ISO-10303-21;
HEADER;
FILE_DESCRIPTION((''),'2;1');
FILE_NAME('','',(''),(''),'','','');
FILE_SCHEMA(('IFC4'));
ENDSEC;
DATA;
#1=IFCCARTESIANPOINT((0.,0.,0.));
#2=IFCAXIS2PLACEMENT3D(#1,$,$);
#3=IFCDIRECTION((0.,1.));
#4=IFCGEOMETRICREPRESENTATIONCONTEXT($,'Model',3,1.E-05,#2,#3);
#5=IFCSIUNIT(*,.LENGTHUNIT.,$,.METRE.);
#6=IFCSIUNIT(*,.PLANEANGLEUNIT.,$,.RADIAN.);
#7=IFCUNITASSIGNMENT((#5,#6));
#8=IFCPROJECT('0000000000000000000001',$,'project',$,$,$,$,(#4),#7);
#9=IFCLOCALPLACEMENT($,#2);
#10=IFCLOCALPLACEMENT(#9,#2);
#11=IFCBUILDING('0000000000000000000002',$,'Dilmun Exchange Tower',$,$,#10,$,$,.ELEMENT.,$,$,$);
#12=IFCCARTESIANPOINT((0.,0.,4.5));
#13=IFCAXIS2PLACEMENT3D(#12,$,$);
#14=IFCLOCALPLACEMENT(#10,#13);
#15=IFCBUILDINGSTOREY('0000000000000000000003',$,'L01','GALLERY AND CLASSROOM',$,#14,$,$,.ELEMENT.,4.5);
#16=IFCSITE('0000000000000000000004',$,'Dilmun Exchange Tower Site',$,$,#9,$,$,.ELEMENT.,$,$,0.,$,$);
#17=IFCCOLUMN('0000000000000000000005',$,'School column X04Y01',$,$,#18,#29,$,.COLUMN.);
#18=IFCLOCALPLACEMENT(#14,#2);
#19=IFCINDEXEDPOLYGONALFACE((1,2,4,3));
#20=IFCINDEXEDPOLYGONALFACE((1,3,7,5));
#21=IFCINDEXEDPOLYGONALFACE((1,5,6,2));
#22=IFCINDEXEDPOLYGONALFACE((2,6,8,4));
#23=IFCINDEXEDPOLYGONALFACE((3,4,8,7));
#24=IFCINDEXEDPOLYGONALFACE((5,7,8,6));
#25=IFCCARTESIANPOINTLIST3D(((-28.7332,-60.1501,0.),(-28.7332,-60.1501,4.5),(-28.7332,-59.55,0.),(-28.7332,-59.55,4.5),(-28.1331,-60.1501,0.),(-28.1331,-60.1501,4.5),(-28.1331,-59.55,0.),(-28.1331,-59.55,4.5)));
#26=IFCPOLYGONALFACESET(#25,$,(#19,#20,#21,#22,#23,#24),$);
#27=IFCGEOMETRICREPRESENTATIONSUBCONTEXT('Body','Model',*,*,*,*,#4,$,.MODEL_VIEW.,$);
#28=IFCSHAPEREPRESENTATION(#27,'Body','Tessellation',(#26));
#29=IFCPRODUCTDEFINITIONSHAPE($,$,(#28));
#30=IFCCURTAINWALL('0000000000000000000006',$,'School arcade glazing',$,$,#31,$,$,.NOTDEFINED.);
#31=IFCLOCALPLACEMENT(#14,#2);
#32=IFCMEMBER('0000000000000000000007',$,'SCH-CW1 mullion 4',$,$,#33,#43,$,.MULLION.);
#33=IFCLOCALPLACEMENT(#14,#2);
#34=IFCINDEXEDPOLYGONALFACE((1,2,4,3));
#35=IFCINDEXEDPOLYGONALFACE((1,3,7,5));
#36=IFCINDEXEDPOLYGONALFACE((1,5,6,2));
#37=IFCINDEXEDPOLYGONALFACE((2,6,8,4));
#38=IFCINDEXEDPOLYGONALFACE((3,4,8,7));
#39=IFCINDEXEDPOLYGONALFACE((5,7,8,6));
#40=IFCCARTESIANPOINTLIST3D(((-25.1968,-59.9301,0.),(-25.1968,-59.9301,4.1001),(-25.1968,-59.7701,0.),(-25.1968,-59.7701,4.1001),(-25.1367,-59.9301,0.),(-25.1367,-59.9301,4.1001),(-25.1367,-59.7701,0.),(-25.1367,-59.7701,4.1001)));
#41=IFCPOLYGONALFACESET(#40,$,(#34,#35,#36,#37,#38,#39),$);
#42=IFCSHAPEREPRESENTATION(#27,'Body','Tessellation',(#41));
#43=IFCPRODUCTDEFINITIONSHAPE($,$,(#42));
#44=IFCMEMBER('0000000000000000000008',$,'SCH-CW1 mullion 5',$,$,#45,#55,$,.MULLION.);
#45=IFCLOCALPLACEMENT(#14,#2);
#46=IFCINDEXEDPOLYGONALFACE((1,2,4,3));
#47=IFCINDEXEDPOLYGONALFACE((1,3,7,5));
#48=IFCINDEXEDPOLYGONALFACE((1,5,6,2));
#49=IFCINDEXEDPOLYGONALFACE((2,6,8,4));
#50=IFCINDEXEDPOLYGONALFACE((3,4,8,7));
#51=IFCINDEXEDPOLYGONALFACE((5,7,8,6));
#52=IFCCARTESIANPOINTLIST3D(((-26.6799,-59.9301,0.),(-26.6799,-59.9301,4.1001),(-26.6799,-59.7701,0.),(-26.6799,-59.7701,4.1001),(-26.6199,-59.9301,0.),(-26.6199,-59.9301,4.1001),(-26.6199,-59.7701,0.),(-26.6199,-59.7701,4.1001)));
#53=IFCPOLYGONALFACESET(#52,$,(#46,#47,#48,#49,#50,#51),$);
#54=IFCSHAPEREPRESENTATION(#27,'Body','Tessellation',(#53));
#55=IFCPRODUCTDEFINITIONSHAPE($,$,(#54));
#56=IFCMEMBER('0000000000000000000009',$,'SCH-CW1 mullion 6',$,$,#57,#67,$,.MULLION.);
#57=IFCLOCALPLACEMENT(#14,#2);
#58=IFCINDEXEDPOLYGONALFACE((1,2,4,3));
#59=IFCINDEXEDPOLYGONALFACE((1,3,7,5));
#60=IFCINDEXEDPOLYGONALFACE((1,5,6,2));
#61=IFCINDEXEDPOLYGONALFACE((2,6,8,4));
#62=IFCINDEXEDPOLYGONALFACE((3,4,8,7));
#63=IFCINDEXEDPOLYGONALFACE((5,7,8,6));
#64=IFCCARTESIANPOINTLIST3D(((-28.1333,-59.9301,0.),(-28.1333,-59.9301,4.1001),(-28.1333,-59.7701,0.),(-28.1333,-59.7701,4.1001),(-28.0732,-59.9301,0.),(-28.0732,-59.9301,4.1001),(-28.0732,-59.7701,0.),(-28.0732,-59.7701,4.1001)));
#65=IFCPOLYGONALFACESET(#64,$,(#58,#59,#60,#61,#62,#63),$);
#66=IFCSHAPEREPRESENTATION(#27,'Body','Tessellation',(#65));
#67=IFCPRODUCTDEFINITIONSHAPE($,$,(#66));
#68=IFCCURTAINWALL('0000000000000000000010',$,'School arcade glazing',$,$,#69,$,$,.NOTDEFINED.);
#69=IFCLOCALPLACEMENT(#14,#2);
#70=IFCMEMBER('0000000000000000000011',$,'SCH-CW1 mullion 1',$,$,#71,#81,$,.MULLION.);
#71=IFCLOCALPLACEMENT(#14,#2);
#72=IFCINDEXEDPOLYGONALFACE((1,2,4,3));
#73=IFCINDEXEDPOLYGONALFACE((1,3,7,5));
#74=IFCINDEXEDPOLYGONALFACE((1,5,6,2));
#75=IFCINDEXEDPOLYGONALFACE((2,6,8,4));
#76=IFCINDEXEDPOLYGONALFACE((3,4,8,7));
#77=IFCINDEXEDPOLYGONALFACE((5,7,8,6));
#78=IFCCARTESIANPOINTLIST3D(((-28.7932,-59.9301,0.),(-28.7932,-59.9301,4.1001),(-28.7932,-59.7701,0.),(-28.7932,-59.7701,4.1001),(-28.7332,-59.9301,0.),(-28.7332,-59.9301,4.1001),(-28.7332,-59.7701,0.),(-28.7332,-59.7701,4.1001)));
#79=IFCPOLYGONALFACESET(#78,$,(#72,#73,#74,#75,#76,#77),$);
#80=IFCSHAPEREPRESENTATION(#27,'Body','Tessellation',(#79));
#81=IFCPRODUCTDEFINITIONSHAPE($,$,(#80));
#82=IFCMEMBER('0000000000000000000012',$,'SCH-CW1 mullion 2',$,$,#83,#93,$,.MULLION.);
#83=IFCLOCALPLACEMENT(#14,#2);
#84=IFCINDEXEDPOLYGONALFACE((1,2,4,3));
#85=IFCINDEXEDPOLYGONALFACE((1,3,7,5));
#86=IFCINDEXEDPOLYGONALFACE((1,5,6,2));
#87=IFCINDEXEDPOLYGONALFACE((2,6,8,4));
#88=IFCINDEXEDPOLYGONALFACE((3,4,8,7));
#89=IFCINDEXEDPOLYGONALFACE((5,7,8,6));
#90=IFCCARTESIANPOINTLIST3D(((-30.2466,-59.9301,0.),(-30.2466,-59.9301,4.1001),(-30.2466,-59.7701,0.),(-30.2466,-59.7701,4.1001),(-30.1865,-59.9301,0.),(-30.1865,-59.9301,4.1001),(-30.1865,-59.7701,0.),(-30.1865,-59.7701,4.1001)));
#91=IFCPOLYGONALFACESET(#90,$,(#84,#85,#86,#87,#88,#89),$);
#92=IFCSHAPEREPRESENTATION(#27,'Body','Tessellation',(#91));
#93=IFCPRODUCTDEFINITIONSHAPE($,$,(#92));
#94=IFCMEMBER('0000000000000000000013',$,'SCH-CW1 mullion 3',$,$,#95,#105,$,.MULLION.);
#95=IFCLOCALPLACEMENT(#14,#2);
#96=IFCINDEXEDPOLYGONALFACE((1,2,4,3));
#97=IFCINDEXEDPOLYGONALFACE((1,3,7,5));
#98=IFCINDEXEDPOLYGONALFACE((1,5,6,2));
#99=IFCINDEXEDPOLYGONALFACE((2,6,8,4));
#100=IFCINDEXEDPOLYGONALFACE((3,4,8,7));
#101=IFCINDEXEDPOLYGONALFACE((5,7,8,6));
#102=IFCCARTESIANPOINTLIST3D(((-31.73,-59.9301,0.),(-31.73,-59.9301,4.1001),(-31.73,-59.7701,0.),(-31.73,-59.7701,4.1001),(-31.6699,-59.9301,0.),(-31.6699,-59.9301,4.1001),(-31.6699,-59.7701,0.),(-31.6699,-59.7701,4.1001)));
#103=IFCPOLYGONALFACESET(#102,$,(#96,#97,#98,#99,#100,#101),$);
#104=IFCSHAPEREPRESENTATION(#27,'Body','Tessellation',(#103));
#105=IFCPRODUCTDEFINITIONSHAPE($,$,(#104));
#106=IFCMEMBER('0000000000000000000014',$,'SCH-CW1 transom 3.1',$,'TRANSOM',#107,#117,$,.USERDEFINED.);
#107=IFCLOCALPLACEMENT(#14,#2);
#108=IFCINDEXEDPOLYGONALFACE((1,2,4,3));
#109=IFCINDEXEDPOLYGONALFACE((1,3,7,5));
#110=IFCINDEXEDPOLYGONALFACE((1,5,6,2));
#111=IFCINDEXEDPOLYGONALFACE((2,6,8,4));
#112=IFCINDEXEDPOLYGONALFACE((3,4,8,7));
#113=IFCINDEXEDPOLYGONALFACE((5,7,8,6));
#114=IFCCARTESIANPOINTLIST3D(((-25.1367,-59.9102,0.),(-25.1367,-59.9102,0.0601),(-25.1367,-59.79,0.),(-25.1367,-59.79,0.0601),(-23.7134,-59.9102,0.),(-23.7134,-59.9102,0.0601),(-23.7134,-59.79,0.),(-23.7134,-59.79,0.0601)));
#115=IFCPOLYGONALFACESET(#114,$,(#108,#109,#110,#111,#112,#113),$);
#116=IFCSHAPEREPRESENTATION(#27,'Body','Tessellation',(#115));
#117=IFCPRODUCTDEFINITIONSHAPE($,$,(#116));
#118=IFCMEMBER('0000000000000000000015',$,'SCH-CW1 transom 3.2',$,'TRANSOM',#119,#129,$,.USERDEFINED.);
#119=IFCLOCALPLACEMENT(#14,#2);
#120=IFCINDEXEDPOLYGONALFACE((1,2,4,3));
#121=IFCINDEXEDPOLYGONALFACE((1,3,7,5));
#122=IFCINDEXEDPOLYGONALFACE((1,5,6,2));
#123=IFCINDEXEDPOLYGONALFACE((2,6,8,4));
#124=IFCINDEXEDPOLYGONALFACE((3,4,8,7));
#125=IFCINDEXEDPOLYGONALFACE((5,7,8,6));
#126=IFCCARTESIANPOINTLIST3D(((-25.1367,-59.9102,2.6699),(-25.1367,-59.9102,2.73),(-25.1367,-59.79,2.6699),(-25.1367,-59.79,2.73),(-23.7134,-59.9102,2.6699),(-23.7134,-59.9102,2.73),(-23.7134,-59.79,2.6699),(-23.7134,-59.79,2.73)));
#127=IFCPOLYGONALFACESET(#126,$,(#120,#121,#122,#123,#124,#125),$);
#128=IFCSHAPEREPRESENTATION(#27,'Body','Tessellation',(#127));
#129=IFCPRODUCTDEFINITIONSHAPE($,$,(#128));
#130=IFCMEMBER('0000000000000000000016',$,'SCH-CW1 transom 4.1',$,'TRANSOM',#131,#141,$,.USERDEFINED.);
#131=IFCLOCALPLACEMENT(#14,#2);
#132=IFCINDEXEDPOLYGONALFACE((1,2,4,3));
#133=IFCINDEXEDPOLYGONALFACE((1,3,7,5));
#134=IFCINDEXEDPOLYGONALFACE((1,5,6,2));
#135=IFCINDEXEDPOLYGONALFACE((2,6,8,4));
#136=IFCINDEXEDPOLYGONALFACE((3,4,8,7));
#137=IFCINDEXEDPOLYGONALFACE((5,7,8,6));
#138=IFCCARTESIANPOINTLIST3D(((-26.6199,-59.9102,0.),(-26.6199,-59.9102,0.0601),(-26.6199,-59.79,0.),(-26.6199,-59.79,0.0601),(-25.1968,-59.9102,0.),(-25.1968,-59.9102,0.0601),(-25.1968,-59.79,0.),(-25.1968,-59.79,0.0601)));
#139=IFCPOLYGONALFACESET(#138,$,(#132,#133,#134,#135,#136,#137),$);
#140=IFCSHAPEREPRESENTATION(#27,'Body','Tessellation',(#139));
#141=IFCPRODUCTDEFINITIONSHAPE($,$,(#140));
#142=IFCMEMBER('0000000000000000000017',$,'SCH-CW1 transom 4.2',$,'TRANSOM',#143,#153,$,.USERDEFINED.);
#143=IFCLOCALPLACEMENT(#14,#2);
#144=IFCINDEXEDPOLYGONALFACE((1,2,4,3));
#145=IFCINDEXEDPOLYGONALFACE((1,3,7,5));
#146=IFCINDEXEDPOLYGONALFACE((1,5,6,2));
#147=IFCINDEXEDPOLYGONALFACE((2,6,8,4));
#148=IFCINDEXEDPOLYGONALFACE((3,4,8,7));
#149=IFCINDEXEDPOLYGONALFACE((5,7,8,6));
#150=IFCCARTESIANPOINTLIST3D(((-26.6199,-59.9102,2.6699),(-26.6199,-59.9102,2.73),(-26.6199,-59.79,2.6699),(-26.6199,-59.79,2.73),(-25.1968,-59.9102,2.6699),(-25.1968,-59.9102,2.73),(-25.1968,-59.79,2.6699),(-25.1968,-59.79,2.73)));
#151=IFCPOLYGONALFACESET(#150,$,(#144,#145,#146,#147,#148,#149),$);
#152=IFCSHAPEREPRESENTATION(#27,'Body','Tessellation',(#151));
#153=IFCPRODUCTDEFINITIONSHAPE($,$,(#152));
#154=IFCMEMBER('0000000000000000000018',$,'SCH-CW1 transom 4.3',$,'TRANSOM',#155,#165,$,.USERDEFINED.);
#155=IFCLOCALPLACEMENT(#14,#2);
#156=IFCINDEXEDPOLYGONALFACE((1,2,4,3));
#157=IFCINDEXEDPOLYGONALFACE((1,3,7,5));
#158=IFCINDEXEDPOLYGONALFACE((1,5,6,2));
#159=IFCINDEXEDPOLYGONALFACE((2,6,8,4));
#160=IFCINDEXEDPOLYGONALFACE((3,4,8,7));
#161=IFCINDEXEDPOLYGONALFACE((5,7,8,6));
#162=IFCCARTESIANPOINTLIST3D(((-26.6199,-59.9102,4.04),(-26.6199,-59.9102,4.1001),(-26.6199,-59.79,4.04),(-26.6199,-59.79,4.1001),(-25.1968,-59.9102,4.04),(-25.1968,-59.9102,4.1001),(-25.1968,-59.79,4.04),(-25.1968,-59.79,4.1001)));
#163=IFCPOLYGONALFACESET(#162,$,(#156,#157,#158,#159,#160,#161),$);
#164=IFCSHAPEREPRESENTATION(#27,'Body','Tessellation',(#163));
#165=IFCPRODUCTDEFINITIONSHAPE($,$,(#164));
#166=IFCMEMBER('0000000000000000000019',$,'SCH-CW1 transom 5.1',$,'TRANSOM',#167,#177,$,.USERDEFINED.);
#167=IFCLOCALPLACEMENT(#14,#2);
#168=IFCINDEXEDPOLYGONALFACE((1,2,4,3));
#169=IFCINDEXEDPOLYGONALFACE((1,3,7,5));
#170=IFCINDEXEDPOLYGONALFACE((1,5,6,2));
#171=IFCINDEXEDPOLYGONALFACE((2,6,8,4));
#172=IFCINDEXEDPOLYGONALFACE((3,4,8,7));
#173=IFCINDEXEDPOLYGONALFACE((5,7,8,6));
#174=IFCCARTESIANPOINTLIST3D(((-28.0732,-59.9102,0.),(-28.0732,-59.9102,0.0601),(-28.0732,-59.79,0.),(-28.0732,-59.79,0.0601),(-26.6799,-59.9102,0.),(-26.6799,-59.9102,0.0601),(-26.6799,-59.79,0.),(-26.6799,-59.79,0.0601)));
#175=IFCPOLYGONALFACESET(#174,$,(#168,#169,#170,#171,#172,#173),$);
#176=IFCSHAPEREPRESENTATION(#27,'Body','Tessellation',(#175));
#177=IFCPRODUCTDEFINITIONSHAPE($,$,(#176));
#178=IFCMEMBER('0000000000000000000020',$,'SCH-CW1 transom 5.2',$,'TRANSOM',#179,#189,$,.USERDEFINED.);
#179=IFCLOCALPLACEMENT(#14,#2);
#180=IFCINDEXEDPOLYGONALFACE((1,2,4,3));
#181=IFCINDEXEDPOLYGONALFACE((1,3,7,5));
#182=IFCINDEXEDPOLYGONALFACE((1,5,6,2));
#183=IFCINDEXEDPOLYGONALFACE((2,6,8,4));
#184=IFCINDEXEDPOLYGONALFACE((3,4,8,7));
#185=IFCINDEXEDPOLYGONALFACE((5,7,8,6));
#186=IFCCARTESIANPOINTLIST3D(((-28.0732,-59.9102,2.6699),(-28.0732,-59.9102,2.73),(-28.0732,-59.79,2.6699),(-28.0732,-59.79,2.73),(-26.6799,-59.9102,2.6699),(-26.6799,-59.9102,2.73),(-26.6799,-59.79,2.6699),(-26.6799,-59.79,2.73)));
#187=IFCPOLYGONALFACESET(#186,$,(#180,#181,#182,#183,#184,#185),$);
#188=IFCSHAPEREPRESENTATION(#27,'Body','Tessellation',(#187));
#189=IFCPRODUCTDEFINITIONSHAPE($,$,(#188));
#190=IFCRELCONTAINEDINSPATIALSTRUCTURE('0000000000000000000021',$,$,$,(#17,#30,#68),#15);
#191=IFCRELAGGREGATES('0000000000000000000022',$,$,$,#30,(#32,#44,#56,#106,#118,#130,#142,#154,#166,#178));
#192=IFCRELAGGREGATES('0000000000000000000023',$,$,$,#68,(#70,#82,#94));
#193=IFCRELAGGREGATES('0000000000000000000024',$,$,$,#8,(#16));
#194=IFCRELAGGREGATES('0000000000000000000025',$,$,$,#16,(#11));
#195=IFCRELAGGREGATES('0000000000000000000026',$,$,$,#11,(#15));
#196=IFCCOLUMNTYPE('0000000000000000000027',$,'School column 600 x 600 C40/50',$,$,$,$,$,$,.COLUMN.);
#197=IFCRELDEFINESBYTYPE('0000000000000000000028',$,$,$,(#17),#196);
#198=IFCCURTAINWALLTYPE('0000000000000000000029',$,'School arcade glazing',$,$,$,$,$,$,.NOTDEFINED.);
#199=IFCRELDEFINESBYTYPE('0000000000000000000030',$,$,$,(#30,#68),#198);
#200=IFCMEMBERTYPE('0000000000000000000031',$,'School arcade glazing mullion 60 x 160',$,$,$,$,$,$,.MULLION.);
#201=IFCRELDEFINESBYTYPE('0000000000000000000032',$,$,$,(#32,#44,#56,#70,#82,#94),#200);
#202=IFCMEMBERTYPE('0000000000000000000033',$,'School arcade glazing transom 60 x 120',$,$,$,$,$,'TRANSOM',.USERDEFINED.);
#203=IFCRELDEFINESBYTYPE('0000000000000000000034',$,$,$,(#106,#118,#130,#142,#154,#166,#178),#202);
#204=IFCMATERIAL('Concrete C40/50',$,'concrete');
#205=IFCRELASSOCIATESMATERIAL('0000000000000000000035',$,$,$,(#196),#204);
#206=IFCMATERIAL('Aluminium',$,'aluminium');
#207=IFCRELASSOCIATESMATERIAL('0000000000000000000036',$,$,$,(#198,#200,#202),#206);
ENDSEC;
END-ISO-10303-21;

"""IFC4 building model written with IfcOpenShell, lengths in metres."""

from ifc_helpers import new_model, si_unit, direction, frame, origin, origin_2d, place, context, subcontext, project, spatial, rectangle, extrude, material, material_profile, profile_set, type_object, element, aggregate, save


model = new_model("IFC4")

# Units and contexts
model_context = context("Model", 3, precision=1e-05, world=origin(), true_north=direction((0.0, 1.0)))
body_context = subcontext(model_context, "Body", "Model", "MODEL_VIEW")
ifc_project = project(units=[si_unit("LENGTHUNIT", "METRE"), si_unit("PLANEANGLEUNIT", "RADIAN")], contexts=[model_context])

# Site, building, storey
site_placement = place(None, origin())
site = spatial("IfcSite", under=ifc_project, at=site_placement, Name="Dilmun Exchange Tower Site", CompositionType="ELEMENT", RefElevation=0.0)
building_placement = place(site_placement, origin())
building = spatial("IfcBuilding", under=site, at=building_placement, Name="Dilmun Exchange Tower", CompositionType="ELEMENT")
storey_placement = place(building_placement, frame((0.0, 0.0, 4.5)))
storey = spatial("IfcBuildingStorey", under=building, at=storey_placement, Name="L01", Description="GALLERY AND CLASSROOM", CompositionType="ELEMENT", Elevation=4.5)

# Column
ifc_material_1 = material(Name="Concrete C40/50", Category="concrete")
ifc_material_profile_1 = material_profile(ifc_material_1, rectangle(XDim=0.6001, YDim=0.6001, at=origin_2d()), Name="600 x 600")
ifc_profile_set_1 = profile_set([ifc_material_profile_1], Name="Concrete C40/50")
column_type = type_object("IfcColumnType", Name="School column 600 x 600 C40/50", PredefinedType="COLUMN", material=ifc_profile_set_1)
column_placement = place(storey_placement, frame((-28.4331, -59.8501, 0.0), z_axis=(0.0, 0.0, 1.0), x_axis=(1.0, 0.0, 0.0)))
element("IfcColumn", 1, at=column_placement, inside=storey, type_object=column_type, Name="School column X04Y01", PredefinedType="COLUMN", context=body_context, shape_type="SweptSolid", body=[
    extrude(rectangle(XDim=0.6001, YDim=0.6001, at=origin_2d()), origin(), (0.0, 0.0, 1.0), 4.5),
])

# Curtain walls, members
ifc_material_2 = material(Name="Aluminium", Category="aluminium")
curtain_wall_type = type_object("IfcCurtainWallType", Name="School arcade glazing", PredefinedType="NOTDEFINED", material=ifc_material_2)
curtain_wall_1_placement = place(storey_placement, origin())
curtain_wall_1 = element("IfcCurtainWall", 2, at=curtain_wall_1_placement, inside=storey, type_object=curtain_wall_type, Name="School arcade glazing", PredefinedType="NOTDEFINED")
ifc_material_profile_2 = material_profile(ifc_material_2, rectangle(XDim=0.1599, YDim=0.0601, at=origin_2d()), Name="60 x 160")
ifc_profile_set_2 = profile_set([ifc_material_profile_2], Name="Aluminium")
member_type_1 = type_object("IfcMemberType", Name="School arcade glazing mullion 60 x 160", PredefinedType="MULLION", material=ifc_profile_set_2)
member_1_placement = place(storey_placement, frame((-25.1667, -59.8501, 0.0), z_axis=(0.0, 0.0, 1.0), x_axis=(0.0, -1.0, 0.0)))
member_1 = element("IfcMember", 3, at=member_1_placement, type_object=member_type_1, Name="SCH-CW1 mullion 4", PredefinedType="MULLION", context=body_context, shape_type="SweptSolid", body=[
    extrude(rectangle(XDim=0.1599, YDim=0.0601, at=origin_2d()), origin(), (0.0, 0.0, 1.0), 4.1001),
])
member_2_placement = place(storey_placement, frame((-26.6499, -59.8501, 0.0), z_axis=(0.0, 0.0, 1.0), x_axis=(0.0, -1.0, 0.0)))
member_2 = element("IfcMember", 4, at=member_2_placement, type_object=member_type_1, Name="SCH-CW1 mullion 5", PredefinedType="MULLION", context=body_context, shape_type="SweptSolid", body=[
    extrude(rectangle(XDim=0.1599, YDim=0.0601, at=origin_2d()), origin(), (0.0, 0.0, 1.0), 4.1001),
])
member_3_placement = place(storey_placement, frame((-28.1033, -59.8501, 0.0), z_axis=(0.0, 0.0, 1.0), x_axis=(0.0, -1.0, 0.0)))
member_3 = element("IfcMember", 5, at=member_3_placement, type_object=member_type_1, Name="SCH-CW1 mullion 6", PredefinedType="MULLION", context=body_context, shape_type="SweptSolid", body=[
    extrude(rectangle(XDim=0.1599, YDim=0.0601, at=origin_2d()), origin(), (0.0, 0.0, 1.0), 4.1001),
])
curtain_wall_2_placement = place(storey_placement, origin())
curtain_wall_2 = element("IfcCurtainWall", 6, at=curtain_wall_2_placement, inside=storey, type_object=curtain_wall_type, Name="School arcade glazing", PredefinedType="NOTDEFINED")
member_4_placement = place(storey_placement, frame((-28.7632, -59.8501, 0.0), z_axis=(0.0, 0.0, 1.0), x_axis=(0.0, -1.0, 0.0)))
member_4 = element("IfcMember", 7, at=member_4_placement, type_object=member_type_1, Name="SCH-CW1 mullion 1", PredefinedType="MULLION", context=body_context, shape_type="SweptSolid", body=[
    extrude(rectangle(XDim=0.1599, YDim=0.0601, at=origin_2d()), origin(), (0.0, 0.0, 1.0), 4.1001),
])
member_5_placement = place(storey_placement, frame((-30.2166, -59.8501, 0.0), z_axis=(0.0, 0.0, 1.0), x_axis=(0.0, -1.0, 0.0)))
member_5 = element("IfcMember", 8, at=member_5_placement, type_object=member_type_1, Name="SCH-CW1 mullion 2", PredefinedType="MULLION", context=body_context, shape_type="SweptSolid", body=[
    extrude(rectangle(XDim=0.1599, YDim=0.0601, at=origin_2d()), origin(), (0.0, 0.0, 1.0), 4.1001),
])
member_6_placement = place(storey_placement, frame((-31.7, -59.8501, 0.0), z_axis=(0.0, 0.0, 1.0), x_axis=(0.0, -1.0, 0.0)))
member_6 = element("IfcMember", 9, at=member_6_placement, type_object=member_type_1, Name="SCH-CW1 mullion 3", PredefinedType="MULLION", context=body_context, shape_type="SweptSolid", body=[
    extrude(rectangle(XDim=0.1599, YDim=0.0601, at=origin_2d()), origin(), (0.0, 0.0, 1.0), 4.1001),
])

# Members
ifc_material_profile_3 = material_profile(ifc_material_2, rectangle(XDim=0.1201, YDim=0.0601, at=origin_2d()), Name="60 x 120")
ifc_profile_set_3 = profile_set([ifc_material_profile_3], Name="Aluminium")
member_type_2 = type_object("IfcMemberType", Name="School arcade glazing transom 60 x 120", ElementType="TRANSOM", PredefinedType="USERDEFINED", material=ifc_profile_set_3)
member_7_placement = place(storey_placement, frame((-23.7134, -59.8501, 0.03), z_axis=(-1.0, 0.0, 0.0), x_axis=(0.0, -1.0, 0.0)))
member_7 = element("IfcMember", 10, at=member_7_placement, type_object=member_type_2, Name="SCH-CW1 transom 3.1", ObjectType="TRANSOM", PredefinedType="USERDEFINED", context=body_context, shape_type="SweptSolid", body=[
    extrude(rectangle(XDim=0.1201, YDim=0.0601, at=origin_2d()), origin(), (0.0, 0.0, 1.0), 1.4233),
])
member_8_placement = place(storey_placement, frame((-23.7134, -59.8501, 2.7), z_axis=(-1.0, 0.0, 0.0), x_axis=(0.0, -1.0, 0.0)))
member_8 = element("IfcMember", 11, at=member_8_placement, type_object=member_type_2, Name="SCH-CW1 transom 3.2", ObjectType="TRANSOM", PredefinedType="USERDEFINED", context=body_context, shape_type="SweptSolid", body=[
    extrude(rectangle(XDim=0.1201, YDim=0.0601, at=origin_2d()), origin(), (0.0, 0.0, 1.0), 1.4233),
])
member_9_placement = place(storey_placement, frame((-25.1968, -59.8501, 0.03), z_axis=(-1.0, 0.0, 0.0), x_axis=(0.0, -1.0, 0.0)))
member_9 = element("IfcMember", 12, at=member_9_placement, type_object=member_type_2, Name="SCH-CW1 transom 4.1", ObjectType="TRANSOM", PredefinedType="USERDEFINED", context=body_context, shape_type="SweptSolid", body=[
    extrude(rectangle(XDim=0.1201, YDim=0.0601, at=origin_2d()), origin(), (0.0, 0.0, 1.0), 1.4231),
])
member_10_placement = place(storey_placement, frame((-25.1968, -59.8501, 2.7), z_axis=(-1.0, 0.0, 0.0), x_axis=(0.0, -1.0, 0.0)))
member_10 = element("IfcMember", 13, at=member_10_placement, type_object=member_type_2, Name="SCH-CW1 transom 4.2", ObjectType="TRANSOM", PredefinedType="USERDEFINED", context=body_context, shape_type="SweptSolid", body=[
    extrude(rectangle(XDim=0.1201, YDim=0.0601, at=origin_2d()), origin(), (0.0, 0.0, 1.0), 1.4231),
])
member_11_placement = place(storey_placement, frame((-25.1968, -59.8501, 4.0701), z_axis=(-1.0, 0.0, 0.0), x_axis=(0.0, -1.0, 0.0)))
member_11 = element("IfcMember", 14, at=member_11_placement, type_object=member_type_2, Name="SCH-CW1 transom 4.3", ObjectType="TRANSOM", PredefinedType="USERDEFINED", context=body_context, shape_type="SweptSolid", body=[
    extrude(rectangle(XDim=0.1201, YDim=0.0601, at=origin_2d()), origin(), (0.0, 0.0, 1.0), 1.4231),
])
member_12_placement = place(storey_placement, frame((-26.6799, -59.8501, 0.03), z_axis=(-1.0, 0.0, 0.0), x_axis=(0.0, -1.0, 0.0)))
member_12 = element("IfcMember", 15, at=member_12_placement, type_object=member_type_2, Name="SCH-CW1 transom 5.1", ObjectType="TRANSOM", PredefinedType="USERDEFINED", context=body_context, shape_type="SweptSolid", body=[
    extrude(rectangle(XDim=0.1201, YDim=0.0601, at=origin_2d()), origin(), (0.0, 0.0, 1.0), 1.3933),
])
member_13_placement = place(storey_placement, frame((-26.6799, -59.8501, 2.7), z_axis=(-1.0, 0.0, 0.0), x_axis=(0.0, -1.0, 0.0)))
member_13 = element("IfcMember", 16, at=member_13_placement, type_object=member_type_2, Name="SCH-CW1 transom 5.2", ObjectType="TRANSOM", PredefinedType="USERDEFINED", context=body_context, shape_type="SweptSolid", body=[
    extrude(rectangle(XDim=0.1201, YDim=0.0601, at=origin_2d()), origin(), (0.0, 0.0, 1.0), 1.3933),
])

aggregate(curtain_wall_1, [member_1, member_2, member_3, member_7, member_8, member_9, member_10, member_11, member_12, member_13])
aggregate(curtain_wall_2, [member_4, member_5, member_6])

save(model, "model.ifc")
